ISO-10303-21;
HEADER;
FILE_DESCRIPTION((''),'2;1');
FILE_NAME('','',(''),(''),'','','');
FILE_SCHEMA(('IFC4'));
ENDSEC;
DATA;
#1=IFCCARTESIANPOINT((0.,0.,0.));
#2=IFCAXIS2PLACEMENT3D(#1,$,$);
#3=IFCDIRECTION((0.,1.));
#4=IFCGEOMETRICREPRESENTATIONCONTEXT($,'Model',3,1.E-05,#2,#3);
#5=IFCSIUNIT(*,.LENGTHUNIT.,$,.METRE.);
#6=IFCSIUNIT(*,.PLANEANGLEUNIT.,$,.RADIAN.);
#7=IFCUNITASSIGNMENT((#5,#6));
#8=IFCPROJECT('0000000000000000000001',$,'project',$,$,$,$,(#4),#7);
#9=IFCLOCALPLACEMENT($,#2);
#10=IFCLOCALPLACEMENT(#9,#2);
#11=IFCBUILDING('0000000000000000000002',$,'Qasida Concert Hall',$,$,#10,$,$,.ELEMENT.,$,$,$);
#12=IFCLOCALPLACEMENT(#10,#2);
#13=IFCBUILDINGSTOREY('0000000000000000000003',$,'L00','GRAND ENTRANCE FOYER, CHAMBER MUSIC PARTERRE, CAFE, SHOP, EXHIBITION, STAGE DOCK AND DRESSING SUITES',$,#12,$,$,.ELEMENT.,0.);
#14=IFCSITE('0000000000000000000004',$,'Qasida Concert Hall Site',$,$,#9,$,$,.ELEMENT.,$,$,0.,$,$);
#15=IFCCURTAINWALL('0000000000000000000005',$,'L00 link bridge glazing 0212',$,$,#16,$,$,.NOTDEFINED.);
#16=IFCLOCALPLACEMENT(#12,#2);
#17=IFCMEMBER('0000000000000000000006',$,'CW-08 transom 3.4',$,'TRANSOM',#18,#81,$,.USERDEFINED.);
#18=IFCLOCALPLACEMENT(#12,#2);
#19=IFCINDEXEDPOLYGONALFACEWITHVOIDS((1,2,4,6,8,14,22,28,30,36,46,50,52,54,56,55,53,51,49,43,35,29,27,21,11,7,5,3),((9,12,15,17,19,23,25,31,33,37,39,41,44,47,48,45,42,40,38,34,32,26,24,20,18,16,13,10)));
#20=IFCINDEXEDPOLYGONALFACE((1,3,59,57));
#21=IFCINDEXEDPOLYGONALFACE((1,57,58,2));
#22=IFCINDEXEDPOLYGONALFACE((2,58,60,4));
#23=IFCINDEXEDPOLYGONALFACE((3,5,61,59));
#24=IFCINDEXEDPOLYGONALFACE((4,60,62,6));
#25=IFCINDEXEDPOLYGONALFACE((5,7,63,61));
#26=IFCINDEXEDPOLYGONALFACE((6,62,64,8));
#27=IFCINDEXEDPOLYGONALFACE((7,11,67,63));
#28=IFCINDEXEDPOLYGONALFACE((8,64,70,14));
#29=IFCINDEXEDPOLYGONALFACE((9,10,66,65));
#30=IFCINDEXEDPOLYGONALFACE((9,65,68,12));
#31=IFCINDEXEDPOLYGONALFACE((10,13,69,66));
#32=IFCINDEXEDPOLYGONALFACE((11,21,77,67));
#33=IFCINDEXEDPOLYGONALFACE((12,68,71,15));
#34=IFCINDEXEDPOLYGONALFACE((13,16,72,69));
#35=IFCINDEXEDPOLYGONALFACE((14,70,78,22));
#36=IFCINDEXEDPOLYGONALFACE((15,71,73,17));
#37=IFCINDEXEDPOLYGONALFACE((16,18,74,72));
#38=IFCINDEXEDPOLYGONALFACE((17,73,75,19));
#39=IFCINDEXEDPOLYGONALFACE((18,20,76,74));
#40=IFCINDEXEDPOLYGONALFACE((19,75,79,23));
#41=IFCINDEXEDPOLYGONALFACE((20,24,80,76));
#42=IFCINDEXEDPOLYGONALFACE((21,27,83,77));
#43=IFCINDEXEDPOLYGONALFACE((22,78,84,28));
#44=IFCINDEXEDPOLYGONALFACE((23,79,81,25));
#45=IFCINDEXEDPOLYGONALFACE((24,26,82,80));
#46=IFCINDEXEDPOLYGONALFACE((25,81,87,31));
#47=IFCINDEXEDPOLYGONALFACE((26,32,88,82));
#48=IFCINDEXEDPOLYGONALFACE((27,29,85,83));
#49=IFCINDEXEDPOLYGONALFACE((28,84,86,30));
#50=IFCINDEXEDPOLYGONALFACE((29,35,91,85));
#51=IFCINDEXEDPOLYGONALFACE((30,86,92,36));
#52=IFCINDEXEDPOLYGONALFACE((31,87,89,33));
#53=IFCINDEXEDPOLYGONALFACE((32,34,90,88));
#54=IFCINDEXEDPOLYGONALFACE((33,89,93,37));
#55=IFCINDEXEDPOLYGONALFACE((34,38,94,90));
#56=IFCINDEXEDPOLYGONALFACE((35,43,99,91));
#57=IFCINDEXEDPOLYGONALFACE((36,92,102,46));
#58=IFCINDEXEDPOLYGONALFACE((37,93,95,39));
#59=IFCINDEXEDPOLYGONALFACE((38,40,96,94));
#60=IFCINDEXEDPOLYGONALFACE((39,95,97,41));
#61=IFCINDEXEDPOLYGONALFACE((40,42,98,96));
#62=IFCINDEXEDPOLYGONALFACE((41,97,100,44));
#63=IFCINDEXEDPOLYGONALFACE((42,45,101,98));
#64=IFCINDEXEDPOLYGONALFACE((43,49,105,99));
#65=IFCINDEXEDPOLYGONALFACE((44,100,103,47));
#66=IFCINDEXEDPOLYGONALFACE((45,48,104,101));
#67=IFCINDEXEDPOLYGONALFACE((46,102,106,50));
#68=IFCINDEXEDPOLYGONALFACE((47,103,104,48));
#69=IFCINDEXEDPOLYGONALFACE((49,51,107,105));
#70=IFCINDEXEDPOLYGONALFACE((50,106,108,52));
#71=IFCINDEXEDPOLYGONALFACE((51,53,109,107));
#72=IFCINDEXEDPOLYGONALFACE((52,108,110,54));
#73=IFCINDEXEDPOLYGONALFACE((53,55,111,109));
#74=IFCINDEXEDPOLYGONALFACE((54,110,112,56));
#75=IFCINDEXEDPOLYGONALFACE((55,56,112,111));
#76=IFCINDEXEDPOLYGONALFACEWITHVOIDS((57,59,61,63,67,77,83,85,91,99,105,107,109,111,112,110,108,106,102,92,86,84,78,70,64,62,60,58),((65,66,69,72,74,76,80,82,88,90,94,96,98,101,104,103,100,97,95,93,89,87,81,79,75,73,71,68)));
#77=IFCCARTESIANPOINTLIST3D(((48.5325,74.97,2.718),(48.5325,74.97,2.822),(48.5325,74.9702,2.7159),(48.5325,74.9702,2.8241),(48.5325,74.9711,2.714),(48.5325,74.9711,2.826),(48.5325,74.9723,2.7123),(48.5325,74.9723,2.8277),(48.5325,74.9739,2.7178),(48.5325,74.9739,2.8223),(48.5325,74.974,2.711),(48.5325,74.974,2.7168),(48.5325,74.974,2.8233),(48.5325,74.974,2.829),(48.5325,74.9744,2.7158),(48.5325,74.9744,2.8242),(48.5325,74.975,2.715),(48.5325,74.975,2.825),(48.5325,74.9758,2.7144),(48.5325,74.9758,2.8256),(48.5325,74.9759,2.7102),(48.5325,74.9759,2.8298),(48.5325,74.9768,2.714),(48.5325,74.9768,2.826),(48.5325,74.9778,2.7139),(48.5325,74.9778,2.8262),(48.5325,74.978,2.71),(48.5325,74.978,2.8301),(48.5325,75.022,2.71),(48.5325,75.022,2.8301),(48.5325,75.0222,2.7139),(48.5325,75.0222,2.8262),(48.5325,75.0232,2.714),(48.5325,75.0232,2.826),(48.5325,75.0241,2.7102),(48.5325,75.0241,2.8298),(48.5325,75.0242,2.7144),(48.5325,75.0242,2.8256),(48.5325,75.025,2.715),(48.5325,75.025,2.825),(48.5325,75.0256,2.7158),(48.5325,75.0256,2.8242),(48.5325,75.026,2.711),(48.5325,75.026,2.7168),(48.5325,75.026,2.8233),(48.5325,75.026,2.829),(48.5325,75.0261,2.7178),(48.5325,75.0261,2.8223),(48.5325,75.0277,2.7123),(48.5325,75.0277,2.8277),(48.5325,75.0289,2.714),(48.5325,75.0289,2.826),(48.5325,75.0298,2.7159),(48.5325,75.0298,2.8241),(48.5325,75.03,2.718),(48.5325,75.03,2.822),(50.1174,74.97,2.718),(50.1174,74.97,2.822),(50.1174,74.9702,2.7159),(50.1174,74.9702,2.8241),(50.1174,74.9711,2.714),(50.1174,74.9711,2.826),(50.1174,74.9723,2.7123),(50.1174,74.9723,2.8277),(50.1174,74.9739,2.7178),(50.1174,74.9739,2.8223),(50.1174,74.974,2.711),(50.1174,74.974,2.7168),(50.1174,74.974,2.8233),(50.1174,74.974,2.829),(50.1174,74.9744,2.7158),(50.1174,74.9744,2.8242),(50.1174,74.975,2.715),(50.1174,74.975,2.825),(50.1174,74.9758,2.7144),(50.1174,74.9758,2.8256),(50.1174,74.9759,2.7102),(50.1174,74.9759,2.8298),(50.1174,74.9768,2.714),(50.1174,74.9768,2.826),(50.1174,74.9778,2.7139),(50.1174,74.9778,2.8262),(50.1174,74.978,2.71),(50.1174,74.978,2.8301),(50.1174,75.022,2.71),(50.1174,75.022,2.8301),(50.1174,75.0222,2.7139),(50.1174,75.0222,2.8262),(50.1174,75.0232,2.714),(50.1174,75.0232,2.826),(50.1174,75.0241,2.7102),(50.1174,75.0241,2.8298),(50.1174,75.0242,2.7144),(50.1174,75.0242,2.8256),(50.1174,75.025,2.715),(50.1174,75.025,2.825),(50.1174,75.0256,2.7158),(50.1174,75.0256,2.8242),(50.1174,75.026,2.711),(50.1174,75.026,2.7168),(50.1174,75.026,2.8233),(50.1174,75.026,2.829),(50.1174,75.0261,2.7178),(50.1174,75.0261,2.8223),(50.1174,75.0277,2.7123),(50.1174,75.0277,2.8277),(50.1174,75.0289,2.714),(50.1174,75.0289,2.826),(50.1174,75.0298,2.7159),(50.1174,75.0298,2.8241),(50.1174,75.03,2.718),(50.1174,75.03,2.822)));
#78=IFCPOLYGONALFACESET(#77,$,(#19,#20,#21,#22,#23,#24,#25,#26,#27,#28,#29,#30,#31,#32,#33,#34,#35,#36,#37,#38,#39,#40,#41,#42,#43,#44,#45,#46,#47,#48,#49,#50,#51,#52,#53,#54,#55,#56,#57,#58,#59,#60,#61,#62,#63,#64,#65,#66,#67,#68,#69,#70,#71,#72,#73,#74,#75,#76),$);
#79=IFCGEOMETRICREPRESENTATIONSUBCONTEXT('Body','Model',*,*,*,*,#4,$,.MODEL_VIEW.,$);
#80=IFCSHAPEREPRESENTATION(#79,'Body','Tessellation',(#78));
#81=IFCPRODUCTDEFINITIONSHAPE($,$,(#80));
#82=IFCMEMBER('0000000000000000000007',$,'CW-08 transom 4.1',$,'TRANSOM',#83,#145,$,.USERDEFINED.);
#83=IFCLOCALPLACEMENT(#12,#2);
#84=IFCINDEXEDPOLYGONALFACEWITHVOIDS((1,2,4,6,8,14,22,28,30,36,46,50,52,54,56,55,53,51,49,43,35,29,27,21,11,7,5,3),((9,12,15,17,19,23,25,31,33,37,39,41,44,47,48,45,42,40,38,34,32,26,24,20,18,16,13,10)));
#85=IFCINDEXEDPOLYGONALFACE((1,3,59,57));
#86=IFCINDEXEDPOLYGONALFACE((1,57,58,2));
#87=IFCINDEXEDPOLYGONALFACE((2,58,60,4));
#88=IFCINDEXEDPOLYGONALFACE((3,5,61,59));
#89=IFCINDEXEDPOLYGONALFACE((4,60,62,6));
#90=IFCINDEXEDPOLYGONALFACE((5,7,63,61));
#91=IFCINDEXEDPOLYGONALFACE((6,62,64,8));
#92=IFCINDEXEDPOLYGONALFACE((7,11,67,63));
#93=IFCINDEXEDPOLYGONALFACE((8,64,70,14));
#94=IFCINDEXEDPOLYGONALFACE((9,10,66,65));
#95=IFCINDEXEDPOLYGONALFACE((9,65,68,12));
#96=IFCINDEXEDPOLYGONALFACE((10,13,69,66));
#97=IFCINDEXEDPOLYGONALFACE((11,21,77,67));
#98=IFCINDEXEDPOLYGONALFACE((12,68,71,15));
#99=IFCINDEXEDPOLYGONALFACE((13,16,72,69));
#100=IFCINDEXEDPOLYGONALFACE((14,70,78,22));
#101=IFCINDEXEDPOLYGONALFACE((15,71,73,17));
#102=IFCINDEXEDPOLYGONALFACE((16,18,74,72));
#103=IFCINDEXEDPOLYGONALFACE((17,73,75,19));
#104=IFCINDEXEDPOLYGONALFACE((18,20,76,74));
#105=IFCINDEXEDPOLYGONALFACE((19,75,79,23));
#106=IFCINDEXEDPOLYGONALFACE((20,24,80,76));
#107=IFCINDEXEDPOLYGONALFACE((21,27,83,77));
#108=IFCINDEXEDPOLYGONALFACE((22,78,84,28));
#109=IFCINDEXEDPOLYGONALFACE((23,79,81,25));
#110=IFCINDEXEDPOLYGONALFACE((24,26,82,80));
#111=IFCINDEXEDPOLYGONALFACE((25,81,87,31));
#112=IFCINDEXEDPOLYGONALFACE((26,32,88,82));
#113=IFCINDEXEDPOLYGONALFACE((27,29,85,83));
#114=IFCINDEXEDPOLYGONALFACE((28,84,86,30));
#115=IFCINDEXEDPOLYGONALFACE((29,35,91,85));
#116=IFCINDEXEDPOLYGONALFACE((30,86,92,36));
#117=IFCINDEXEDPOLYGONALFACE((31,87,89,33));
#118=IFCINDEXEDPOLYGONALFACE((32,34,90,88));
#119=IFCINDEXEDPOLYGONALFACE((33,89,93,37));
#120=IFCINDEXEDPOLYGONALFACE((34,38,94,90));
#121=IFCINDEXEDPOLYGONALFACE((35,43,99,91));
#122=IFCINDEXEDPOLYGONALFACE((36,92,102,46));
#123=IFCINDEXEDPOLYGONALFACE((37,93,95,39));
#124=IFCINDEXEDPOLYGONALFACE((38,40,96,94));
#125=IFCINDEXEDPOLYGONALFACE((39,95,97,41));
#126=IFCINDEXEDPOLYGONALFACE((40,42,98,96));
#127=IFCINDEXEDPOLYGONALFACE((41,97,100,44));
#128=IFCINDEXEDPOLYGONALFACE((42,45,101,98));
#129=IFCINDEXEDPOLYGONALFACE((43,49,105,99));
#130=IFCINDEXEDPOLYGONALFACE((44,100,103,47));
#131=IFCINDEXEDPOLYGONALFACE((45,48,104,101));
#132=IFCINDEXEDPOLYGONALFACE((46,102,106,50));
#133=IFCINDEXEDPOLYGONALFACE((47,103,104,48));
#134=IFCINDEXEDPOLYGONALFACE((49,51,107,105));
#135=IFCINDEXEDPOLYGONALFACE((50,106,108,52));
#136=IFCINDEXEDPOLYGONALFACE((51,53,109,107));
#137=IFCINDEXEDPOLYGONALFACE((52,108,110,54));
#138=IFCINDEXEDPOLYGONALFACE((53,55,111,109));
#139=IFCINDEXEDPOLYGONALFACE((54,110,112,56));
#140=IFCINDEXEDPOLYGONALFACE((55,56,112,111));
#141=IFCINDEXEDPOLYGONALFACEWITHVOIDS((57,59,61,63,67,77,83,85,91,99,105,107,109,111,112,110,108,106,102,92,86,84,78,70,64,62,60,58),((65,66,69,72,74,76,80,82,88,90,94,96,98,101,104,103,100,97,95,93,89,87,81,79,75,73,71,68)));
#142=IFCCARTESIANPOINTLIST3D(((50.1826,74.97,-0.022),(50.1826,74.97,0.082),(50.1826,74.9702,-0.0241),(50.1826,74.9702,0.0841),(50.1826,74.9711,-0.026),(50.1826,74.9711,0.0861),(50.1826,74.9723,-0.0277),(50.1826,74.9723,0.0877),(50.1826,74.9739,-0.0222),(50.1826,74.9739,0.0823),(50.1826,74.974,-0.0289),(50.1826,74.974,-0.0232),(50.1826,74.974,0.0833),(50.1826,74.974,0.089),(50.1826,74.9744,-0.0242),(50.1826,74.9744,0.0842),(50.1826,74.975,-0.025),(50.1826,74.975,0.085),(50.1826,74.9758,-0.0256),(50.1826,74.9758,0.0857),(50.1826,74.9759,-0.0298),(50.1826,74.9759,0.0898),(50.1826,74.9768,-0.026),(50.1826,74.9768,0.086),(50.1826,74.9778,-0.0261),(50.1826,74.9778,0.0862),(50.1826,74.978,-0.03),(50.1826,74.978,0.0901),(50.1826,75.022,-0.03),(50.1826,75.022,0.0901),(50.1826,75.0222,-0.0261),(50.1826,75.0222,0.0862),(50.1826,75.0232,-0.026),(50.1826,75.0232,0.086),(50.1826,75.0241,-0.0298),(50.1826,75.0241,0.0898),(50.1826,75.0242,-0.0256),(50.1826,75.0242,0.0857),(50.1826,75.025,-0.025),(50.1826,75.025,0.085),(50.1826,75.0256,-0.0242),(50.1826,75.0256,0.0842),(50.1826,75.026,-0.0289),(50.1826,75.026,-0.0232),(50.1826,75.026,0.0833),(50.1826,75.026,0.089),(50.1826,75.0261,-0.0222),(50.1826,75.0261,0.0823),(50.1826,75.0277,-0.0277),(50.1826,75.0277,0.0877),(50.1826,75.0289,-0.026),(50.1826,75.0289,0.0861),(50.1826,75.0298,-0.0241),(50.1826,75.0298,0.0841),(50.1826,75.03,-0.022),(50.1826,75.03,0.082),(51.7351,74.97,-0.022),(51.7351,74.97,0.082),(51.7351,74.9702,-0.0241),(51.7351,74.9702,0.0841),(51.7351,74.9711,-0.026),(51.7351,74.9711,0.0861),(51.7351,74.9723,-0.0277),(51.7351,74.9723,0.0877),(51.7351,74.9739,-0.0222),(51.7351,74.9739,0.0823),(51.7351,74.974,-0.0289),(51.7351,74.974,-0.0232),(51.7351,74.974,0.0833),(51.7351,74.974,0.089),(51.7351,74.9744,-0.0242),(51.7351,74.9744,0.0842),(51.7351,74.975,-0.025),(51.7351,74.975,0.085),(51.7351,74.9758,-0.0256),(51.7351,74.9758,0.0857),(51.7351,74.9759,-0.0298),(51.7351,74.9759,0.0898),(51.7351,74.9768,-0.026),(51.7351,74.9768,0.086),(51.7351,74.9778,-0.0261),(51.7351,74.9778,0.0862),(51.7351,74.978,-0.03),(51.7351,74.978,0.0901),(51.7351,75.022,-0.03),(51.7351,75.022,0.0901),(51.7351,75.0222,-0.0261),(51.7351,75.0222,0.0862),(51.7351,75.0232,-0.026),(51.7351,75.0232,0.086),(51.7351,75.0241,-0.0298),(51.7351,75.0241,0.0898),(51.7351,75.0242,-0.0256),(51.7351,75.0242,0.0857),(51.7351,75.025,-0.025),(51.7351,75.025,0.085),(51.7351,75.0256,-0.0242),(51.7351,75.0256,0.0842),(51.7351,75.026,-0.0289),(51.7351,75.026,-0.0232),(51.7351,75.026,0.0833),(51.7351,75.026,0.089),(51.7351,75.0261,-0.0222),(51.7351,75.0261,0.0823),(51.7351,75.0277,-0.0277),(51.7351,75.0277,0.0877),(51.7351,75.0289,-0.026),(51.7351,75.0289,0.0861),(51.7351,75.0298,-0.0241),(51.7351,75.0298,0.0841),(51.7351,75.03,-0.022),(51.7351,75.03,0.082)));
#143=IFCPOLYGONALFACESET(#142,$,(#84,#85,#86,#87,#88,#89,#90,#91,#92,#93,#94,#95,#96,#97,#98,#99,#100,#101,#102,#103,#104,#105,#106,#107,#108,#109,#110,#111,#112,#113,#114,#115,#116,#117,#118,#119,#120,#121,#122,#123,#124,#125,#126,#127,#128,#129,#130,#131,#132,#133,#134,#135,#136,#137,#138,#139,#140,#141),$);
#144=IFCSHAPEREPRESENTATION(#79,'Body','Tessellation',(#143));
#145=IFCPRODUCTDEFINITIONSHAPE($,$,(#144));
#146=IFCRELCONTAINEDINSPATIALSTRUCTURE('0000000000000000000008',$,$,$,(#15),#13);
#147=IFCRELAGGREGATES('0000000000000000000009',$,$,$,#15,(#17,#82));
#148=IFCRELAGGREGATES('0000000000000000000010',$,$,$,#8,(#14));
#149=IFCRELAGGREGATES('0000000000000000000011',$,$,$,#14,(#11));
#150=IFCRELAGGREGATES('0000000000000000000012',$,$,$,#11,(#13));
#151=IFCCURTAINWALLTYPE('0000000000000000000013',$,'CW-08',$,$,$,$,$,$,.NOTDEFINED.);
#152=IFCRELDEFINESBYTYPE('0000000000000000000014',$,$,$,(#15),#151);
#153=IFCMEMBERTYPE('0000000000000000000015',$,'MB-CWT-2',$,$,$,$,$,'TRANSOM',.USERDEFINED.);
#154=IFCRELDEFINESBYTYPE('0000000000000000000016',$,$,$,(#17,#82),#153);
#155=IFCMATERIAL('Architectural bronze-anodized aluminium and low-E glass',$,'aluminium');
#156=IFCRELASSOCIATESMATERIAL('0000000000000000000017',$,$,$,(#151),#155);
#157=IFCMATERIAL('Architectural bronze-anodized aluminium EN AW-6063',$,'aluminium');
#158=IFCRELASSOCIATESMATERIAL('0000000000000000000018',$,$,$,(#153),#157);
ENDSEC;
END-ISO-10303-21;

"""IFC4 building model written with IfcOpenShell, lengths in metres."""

from ifc_helpers import new_model, si_unit, direction, frame, origin, origin_2d, place, context, subcontext, project, spatial, hollow_rectangle, extrude, material, material_profile, profile_set, type_object, element, aggregate, save


model = new_model("IFC4")

# Units and contexts
model_context = context("Model", 3, precision=1e-05, world=origin(), true_north=direction((0.0, 1.0)))
body_context = subcontext(model_context, "Body", "Model", "MODEL_VIEW")
ifc_project = project(units=[si_unit("LENGTHUNIT", "METRE"), si_unit("PLANEANGLEUNIT", "RADIAN")], contexts=[model_context])

# Site, building, storey
site_placement = place(None, origin())
site = spatial("IfcSite", under=ifc_project, at=site_placement, Name="Qasida Concert Hall Site", CompositionType="ELEMENT", RefElevation=0.0)
building_placement = place(site_placement, origin())
building = spatial("IfcBuilding", under=site, at=building_placement, Name="Qasida Concert Hall", CompositionType="ELEMENT")
storey_placement = place(building_placement, origin())
storey = spatial("IfcBuildingStorey", under=building, at=storey_placement, Name="L00", Description="GRAND ENTRANCE FOYER, CHAMBER MUSIC PARTERRE, CAFE, SHOP, EXHIBITION, STAGE DOCK AND DRESSING SUITES", CompositionType="ELEMENT", Elevation=0.0)

# Curtain wall, members
ifc_material_1 = material(Name="Architectural bronze-anodized aluminium and low-E glass", Category="aluminium")
curtain_wall_type = type_object("IfcCurtainWallType", Name="CW-08", PredefinedType="NOTDEFINED", material=ifc_material_1)
curtain_wall_placement = place(storey_placement, origin())
curtain_wall = element("IfcCurtainWall", 1, at=curtain_wall_placement, inside=storey, type_object=curtain_wall_type, Name="L00 link bridge glazing 0212", PredefinedType="NOTDEFINED")
ifc_material_2 = material(Name="Architectural bronze-anodized aluminium EN AW-6063", Category="aluminium")
ifc_material_profile_1 = material_profile(ifc_material_2, hollow_rectangle(XDim=0.0601, YDim=0.1201, WallThickness=0.0039, InnerFilletRadius=0.0039, OuterFilletRadius=0.0081, at=origin_2d()), Name="CWT 120x60x4")
ifc_profile_set_1 = profile_set([ifc_material_profile_1], Name="Architectural bronze-anodized aluminium EN AW-6063")
member_type_1 = type_object("IfcMemberType", Name="MB-CWT-2", ElementType="TRANSOM", PredefinedType="USERDEFINED", material=ifc_profile_set_1)
member_1_placement = place(storey_placement, frame((48.5325, 75.0, 2.77), z_axis=(1.0, 0.0, 0.0), x_axis=(0.0, 1.0, 0.0)))
member_1 = element("IfcMember", 2, at=member_1_placement, type_object=member_type_1, Name="CW-08 transom 3.4", ObjectType="TRANSOM", PredefinedType="USERDEFINED", context=body_context, shape_type="SweptSolid", body=[
    extrude(hollow_rectangle(XDim=0.0601, YDim=0.1201, WallThickness=0.0039, InnerFilletRadius=0.0039, OuterFilletRadius=0.0081, at=origin_2d()), origin(), (0.0, 0.0, 1.0), 1.585),
])
member_2_placement = place(storey_placement, frame((50.1826, 75.0, 0.03), z_axis=(1.0, 0.0, 0.0), x_axis=(0.0, 1.0, 0.0)))
member_2 = element("IfcMember", 3, at=member_2_placement, type_object=member_type_1, Name="CW-08 transom 4.1", ObjectType="TRANSOM", PredefinedType="USERDEFINED", context=body_context, shape_type="SweptSolid", body=[
    extrude(hollow_rectangle(XDim=0.0601, YDim=0.1201, WallThickness=0.0039, InnerFilletRadius=0.0039, OuterFilletRadius=0.0081, at=origin_2d()), origin(), (0.0, 0.0, 1.0), 1.5525),
])
aggregate(curtain_wall, [member_1, member_2])

save(model, "model.ifc")
